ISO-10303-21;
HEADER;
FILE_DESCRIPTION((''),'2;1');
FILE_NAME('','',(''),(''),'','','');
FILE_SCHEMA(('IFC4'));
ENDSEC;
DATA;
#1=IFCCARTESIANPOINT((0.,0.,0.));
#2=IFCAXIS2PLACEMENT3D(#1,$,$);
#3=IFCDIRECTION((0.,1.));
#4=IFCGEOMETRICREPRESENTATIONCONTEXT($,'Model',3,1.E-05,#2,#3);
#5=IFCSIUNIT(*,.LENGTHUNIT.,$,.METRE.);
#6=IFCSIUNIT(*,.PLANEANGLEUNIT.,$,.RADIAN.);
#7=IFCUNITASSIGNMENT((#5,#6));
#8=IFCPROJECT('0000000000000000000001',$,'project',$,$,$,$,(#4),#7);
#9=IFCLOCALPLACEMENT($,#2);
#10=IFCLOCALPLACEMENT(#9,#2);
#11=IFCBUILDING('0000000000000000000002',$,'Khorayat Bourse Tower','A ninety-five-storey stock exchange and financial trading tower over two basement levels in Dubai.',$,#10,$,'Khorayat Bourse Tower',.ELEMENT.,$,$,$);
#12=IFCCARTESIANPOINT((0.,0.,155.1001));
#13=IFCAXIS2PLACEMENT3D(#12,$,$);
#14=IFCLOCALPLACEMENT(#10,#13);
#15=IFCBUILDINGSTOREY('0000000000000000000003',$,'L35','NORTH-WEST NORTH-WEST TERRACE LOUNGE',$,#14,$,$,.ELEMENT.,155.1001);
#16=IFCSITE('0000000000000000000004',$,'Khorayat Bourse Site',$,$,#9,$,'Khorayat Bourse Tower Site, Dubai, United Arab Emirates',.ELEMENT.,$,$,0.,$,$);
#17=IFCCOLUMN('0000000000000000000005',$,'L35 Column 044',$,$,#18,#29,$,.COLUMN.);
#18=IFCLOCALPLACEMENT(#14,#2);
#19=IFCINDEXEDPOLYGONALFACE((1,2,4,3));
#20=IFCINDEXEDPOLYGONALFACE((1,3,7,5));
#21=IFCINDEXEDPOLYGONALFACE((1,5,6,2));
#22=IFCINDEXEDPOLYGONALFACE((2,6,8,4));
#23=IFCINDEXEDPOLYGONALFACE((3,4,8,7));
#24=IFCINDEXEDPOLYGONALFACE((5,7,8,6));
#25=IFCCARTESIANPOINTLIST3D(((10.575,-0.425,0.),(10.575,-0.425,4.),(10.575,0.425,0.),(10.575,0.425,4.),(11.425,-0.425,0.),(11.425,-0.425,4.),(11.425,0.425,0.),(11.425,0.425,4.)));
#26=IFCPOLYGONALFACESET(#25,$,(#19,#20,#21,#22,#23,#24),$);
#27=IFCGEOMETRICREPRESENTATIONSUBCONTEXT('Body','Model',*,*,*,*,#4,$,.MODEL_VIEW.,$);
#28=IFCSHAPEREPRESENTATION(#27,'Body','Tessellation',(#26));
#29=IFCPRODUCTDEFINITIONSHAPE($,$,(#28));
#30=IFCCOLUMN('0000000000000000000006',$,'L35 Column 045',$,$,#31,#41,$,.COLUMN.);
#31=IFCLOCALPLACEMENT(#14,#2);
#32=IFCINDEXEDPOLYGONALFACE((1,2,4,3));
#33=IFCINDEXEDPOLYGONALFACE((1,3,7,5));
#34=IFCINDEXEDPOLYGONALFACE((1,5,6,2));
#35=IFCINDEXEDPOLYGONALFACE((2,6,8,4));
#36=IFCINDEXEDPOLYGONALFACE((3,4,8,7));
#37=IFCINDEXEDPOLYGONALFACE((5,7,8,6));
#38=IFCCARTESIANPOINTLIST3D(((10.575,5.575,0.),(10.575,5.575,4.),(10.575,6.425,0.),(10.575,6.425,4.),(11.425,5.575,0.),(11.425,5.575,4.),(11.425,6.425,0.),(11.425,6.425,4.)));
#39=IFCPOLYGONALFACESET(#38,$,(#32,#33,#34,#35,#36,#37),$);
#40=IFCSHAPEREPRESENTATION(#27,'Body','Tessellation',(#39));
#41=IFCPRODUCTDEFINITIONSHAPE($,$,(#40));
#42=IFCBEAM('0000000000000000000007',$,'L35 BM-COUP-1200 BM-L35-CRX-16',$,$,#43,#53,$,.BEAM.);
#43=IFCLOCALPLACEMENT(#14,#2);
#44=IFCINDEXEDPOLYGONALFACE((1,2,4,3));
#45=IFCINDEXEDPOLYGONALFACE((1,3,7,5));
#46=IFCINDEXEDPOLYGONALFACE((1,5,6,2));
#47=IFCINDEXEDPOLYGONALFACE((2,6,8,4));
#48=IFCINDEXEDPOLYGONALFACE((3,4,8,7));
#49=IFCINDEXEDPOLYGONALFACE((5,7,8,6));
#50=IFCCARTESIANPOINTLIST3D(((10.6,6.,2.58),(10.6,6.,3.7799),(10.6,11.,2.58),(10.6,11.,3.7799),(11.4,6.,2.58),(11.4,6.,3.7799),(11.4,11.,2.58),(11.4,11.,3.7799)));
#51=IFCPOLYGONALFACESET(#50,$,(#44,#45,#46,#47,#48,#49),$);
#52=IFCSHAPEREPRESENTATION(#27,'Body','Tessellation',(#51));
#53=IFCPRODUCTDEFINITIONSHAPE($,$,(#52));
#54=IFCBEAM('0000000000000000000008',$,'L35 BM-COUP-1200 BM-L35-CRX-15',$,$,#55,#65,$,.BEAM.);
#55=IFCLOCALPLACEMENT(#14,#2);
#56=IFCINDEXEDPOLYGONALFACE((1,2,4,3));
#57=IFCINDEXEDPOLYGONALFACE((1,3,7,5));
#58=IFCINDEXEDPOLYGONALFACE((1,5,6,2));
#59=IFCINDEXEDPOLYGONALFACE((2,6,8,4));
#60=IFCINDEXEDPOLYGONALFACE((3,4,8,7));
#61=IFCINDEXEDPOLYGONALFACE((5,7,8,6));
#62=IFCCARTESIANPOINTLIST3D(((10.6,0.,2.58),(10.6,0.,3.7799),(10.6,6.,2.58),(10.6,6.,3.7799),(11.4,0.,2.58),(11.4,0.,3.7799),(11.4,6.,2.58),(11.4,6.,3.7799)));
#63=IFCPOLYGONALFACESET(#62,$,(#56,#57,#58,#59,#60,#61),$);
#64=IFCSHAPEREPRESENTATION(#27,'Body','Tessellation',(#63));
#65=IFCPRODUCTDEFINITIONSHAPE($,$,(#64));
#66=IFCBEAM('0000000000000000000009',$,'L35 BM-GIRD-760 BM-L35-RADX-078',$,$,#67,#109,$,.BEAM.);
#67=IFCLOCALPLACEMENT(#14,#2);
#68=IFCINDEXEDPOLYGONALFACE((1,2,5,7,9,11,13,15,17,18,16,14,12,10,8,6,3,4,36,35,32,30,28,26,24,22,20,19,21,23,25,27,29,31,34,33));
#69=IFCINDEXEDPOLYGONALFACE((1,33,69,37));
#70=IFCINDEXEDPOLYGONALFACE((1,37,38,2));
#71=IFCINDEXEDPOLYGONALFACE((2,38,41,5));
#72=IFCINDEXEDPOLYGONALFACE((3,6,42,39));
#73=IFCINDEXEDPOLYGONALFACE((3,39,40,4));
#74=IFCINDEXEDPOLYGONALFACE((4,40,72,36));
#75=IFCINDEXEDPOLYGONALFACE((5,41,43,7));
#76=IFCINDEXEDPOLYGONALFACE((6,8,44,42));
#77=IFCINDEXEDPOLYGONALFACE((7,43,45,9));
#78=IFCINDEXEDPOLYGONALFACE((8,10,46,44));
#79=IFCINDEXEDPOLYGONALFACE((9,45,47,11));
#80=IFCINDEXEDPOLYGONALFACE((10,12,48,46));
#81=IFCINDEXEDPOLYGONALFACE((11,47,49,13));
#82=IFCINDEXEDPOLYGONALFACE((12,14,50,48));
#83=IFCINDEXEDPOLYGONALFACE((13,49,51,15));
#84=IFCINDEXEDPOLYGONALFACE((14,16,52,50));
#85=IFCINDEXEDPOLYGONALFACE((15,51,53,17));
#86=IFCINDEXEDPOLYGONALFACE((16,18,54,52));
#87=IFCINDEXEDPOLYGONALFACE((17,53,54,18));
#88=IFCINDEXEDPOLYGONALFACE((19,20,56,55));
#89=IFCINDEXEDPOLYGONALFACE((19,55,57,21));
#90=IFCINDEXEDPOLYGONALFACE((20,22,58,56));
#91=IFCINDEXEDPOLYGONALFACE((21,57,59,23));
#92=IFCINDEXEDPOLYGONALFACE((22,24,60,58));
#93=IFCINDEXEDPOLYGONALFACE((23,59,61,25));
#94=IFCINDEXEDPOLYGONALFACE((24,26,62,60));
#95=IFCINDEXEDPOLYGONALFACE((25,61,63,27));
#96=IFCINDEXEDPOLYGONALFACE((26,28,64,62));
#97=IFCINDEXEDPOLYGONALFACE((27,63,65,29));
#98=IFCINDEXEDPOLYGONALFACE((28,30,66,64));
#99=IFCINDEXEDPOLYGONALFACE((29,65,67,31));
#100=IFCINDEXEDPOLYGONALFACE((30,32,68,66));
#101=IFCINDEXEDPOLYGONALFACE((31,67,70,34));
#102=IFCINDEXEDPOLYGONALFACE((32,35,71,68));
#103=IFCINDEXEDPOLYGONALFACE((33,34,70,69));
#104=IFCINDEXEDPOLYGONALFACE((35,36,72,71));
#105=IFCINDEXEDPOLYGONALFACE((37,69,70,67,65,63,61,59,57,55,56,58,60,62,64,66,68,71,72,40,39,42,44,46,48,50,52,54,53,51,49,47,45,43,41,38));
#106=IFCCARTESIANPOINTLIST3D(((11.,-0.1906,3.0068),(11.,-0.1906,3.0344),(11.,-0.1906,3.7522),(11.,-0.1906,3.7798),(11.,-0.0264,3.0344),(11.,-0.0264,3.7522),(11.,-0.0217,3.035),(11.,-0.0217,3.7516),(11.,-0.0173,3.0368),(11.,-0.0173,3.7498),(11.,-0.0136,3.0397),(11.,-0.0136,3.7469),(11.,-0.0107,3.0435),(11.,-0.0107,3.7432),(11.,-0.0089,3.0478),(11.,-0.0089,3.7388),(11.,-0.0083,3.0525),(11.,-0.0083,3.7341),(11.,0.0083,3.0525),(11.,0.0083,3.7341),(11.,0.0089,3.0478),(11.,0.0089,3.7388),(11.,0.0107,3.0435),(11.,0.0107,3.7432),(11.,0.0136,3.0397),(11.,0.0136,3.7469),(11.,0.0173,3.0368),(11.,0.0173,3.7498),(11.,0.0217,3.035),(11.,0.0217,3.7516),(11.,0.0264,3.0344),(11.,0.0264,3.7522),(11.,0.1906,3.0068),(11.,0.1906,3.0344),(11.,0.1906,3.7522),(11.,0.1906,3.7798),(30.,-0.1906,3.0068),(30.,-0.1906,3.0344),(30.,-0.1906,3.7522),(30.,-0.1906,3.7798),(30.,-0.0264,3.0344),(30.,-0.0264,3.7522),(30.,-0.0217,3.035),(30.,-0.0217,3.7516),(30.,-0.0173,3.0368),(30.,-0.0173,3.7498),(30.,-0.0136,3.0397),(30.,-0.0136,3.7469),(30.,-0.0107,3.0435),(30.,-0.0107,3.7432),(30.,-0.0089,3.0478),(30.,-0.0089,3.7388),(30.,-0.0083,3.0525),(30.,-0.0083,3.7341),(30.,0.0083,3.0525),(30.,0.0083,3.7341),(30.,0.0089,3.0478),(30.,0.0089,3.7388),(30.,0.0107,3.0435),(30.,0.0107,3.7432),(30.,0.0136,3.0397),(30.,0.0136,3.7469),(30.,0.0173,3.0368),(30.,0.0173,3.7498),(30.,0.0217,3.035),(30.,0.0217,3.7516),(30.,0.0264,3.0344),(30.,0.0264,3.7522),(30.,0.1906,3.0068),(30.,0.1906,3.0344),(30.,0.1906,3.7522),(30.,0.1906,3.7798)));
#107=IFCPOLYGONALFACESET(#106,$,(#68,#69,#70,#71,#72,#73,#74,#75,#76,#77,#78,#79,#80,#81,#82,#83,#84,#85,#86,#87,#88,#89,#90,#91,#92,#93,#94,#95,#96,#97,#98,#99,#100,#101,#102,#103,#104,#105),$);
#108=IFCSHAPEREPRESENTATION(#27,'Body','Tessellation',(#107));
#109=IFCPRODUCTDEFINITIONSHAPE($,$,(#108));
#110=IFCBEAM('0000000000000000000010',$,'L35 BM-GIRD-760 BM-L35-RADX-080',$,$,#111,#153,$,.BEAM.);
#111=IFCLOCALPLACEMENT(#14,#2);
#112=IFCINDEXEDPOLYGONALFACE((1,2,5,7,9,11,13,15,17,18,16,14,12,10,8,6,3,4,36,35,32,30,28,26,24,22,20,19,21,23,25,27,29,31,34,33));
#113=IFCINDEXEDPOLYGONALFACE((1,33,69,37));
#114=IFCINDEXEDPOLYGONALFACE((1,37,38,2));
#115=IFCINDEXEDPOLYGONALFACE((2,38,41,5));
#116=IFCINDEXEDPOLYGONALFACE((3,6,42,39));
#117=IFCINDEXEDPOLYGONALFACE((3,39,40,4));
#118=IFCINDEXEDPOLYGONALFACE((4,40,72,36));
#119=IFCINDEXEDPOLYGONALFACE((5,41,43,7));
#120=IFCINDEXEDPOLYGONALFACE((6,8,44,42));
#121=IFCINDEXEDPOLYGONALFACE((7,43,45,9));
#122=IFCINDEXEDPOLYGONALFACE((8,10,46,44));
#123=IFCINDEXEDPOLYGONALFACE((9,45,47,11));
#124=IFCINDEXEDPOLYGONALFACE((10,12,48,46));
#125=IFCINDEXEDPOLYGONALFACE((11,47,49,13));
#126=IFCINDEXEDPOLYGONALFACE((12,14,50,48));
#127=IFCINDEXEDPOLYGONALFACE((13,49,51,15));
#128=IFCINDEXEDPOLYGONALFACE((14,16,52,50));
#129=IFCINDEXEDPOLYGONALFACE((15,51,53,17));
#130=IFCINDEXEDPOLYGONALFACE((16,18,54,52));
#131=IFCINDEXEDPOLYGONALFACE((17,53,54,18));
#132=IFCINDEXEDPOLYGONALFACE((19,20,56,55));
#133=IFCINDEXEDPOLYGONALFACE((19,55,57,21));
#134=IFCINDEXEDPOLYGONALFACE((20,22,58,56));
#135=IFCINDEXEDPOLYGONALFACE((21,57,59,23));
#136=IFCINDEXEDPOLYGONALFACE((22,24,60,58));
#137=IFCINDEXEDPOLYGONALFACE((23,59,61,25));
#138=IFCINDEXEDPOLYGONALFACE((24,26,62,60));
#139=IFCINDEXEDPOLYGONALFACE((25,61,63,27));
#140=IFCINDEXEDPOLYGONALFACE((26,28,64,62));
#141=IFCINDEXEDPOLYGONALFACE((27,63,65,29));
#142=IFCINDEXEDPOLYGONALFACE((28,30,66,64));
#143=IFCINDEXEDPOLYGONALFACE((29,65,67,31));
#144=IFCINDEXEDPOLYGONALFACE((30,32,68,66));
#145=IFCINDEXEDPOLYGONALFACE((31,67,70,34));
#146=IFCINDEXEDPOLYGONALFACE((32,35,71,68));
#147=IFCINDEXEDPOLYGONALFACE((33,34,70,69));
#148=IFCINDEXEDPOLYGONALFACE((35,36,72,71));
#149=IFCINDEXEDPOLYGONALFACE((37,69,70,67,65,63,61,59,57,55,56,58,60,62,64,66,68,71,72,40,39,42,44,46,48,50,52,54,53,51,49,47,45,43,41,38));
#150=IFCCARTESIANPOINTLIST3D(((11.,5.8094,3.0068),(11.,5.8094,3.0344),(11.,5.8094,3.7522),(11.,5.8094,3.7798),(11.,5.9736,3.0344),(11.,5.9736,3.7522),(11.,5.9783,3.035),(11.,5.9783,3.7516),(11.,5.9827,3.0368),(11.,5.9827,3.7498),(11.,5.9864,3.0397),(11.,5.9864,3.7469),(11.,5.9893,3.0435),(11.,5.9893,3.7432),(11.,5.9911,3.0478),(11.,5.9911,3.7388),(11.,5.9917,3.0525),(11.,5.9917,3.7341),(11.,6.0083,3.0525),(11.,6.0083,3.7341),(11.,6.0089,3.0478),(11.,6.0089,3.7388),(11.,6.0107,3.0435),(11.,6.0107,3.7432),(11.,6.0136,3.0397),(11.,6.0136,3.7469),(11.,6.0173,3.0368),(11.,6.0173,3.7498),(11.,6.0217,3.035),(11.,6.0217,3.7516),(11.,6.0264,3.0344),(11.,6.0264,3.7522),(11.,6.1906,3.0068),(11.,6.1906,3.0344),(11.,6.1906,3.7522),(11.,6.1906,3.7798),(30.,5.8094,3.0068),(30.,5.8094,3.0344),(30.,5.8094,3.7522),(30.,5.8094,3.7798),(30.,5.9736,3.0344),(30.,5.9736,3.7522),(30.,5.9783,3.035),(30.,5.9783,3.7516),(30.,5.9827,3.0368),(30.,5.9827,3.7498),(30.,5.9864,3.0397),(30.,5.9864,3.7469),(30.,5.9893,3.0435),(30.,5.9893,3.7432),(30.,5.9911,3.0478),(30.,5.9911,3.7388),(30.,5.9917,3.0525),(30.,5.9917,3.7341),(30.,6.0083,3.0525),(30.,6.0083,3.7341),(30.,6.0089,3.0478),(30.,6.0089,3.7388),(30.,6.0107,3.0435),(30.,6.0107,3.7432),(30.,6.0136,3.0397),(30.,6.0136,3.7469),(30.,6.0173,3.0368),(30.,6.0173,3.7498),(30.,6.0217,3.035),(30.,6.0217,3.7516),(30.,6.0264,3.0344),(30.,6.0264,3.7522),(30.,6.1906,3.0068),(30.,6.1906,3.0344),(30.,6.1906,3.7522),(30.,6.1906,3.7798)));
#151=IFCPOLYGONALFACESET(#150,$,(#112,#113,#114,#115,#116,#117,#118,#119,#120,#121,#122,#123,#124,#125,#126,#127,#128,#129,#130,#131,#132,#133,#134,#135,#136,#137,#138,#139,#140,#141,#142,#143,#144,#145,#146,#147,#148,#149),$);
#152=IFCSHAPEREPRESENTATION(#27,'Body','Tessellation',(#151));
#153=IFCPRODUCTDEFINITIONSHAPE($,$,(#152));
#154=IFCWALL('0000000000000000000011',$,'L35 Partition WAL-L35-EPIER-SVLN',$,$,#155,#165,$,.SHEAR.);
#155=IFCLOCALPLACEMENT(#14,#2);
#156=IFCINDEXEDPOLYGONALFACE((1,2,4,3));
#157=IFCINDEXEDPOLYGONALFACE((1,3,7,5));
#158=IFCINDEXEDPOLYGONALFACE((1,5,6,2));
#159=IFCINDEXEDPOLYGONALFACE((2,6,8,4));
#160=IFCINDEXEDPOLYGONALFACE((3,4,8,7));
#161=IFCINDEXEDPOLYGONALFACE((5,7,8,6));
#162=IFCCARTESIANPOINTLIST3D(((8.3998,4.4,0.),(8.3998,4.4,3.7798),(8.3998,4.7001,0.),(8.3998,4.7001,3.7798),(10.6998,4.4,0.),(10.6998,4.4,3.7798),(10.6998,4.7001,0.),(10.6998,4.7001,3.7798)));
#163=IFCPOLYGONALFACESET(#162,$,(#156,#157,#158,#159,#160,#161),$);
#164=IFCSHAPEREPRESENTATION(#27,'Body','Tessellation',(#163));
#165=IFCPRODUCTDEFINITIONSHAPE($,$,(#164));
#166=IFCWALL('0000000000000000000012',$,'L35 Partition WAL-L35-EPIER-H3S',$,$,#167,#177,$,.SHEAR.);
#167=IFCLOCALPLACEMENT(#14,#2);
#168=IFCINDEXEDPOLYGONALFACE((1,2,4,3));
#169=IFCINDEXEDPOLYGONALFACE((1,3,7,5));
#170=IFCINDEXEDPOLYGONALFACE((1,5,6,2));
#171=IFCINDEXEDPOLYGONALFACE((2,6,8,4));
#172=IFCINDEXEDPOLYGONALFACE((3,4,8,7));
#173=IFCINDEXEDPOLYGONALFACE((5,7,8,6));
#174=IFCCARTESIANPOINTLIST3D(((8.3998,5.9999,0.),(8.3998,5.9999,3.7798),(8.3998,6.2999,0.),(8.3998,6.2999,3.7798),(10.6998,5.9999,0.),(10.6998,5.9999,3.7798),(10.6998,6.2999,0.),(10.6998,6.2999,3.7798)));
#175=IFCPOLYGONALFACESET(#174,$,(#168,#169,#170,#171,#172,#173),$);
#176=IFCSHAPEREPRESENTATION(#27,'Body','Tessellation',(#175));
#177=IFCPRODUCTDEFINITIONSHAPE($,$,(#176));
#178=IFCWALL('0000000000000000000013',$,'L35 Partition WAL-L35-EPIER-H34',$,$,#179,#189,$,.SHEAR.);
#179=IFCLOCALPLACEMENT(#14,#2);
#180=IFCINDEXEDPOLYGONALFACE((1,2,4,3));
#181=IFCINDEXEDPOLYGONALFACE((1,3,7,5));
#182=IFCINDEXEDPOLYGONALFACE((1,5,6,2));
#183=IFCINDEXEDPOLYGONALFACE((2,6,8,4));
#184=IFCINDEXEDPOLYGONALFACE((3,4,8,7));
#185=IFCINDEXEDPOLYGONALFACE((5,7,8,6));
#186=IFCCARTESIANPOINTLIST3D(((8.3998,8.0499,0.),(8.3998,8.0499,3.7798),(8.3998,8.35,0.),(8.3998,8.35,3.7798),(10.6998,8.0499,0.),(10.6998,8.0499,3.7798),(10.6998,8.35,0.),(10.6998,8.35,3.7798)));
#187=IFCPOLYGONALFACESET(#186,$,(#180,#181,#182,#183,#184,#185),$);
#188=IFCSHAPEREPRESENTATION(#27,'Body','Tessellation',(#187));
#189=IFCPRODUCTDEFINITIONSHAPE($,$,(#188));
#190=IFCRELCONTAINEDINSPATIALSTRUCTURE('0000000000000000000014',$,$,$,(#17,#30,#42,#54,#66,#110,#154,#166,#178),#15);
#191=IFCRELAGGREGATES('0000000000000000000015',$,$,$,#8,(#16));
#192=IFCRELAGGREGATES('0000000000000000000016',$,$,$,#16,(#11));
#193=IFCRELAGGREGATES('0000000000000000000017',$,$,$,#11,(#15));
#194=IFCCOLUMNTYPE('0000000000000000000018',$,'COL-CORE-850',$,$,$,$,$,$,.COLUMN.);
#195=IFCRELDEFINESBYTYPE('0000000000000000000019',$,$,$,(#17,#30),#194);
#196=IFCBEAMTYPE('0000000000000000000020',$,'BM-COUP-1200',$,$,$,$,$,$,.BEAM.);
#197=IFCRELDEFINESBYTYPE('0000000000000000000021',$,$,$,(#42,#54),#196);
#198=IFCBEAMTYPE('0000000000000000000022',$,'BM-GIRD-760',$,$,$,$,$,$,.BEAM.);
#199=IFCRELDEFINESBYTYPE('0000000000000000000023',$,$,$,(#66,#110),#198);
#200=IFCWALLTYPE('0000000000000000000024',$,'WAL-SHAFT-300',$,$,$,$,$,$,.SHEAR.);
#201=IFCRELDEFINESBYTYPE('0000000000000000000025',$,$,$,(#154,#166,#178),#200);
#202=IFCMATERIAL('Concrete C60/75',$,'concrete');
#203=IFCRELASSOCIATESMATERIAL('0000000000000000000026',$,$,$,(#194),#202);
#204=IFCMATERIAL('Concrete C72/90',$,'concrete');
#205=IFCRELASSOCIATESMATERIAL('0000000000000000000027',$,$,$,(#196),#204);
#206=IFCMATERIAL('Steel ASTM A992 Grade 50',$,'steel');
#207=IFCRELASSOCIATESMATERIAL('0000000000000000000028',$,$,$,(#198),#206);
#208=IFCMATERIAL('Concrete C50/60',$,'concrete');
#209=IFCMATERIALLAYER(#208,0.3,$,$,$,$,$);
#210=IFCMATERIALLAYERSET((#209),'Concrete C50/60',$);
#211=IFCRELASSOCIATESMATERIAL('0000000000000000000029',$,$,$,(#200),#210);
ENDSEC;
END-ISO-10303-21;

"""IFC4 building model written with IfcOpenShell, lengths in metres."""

from ifc_helpers import new_model, si_unit, direction, frame, frame_2d, origin, origin_2d, place, context, subcontext, project, spatial, rectangle, i_section, extrude, source, transform, mapped, material, layer, layer_set, material_profile, profile_set, type_object, element, save


model = new_model("IFC4")

# Units and contexts
model_context = context("Model", 3, precision=1e-05, world=origin(), true_north=direction((0.0, 1.0)))
body_context = subcontext(model_context, "Body", "Model", "MODEL_VIEW")
ifc_project = project(units=[si_unit("LENGTHUNIT", "METRE"), si_unit("PLANEANGLEUNIT", "RADIAN")], contexts=[model_context])

# Site, building, storey
site_placement = place(None, origin())
site = spatial("IfcSite", under=ifc_project, at=site_placement, Name="Khorayat Bourse Site", LongName="Khorayat Bourse Tower Site, Dubai, United Arab Emirates", CompositionType="ELEMENT", RefElevation=0.0)
building_placement = place(site_placement, origin())
building = spatial("IfcBuilding", under=site, at=building_placement, Name="Khorayat Bourse Tower", Description="A ninety-five-storey stock exchange and financial trading tower over two basement levels in Dubai.", LongName="Khorayat Bourse Tower", CompositionType="ELEMENT")
storey_placement = place(building_placement, frame((0.0, 0.0, 155.1001)))
storey = spatial("IfcBuildingStorey", under=building, at=storey_placement, Name="L35", Description="NORTH-WEST NORTH-WEST TERRACE LOUNGE", CompositionType="ELEMENT", Elevation=155.1001)

# Columns
ifc_material_1 = material(Name="Concrete C60/75", Category="concrete")
ifc_material_profile_1 = material_profile(ifc_material_1, rectangle(XDim=0.8501, YDim=0.8501, at=origin_2d()), Name="RC 850x850")
ifc_profile_set_1 = profile_set([ifc_material_profile_1], Name="Concrete C60/75")
column_type = type_object("IfcColumnType", Name="COL-CORE-850", PredefinedType="COLUMN", material=ifc_profile_set_1)
shared_shape_1 = source(origin(), body_context, "Body", "SweptSolid", [
    extrude(rectangle(XDim=0.8501, YDim=0.8501, at=origin_2d()), origin(), (0.0, 0.0, 1.0), 4.0),
])
for number, where, z_axis, x_axis, name in (
    (1, (11.0, 0.0, 0.0), (0.0, 0.0, 1.0), (1.0, 0.0, 0.0), "L35 Column 044"),
    (2, (11.0, 6.0, 0.0), (0.0, 0.0, 1.0), (1.0, 0.0, 0.0), "L35 Column 045"),
):
    element("IfcColumn", number, at=place(storey_placement, frame(where, z_axis=z_axis, x_axis=x_axis)), inside=storey, type_object=column_type, Name=name, PredefinedType="COLUMN", context=body_context, shape_type="MappedRepresentation", body=[
        mapped(shared_shape_1, transform((0.0, 0.0, 0.0), scale=1.0)),
    ])

# Beams
ifc_material_2 = material(Name="Concrete C72/90", Category="concrete")
ifc_material_profile_2 = material_profile(ifc_material_2, rectangle(XDim=0.8, YDim=1.2, at=origin_2d()), Name="RC 800x1200")
ifc_profile_set_2 = profile_set([ifc_material_profile_2], Name="Concrete C72/90")
beam_type_1 = type_object("IfcBeamType", Name="BM-COUP-1200", PredefinedType="BEAM", material=ifc_profile_set_2)
shared_shape_2 = source(origin(), body_context, "Body", "SweptSolid", [
    extrude(rectangle(XDim=0.8, YDim=1.2, at=origin_2d()), origin(), (0.0, 0.0, 1.0), 5.0),
])
beam_1_placement = place(storey_placement, frame((11.0, 6.0, 3.1799), z_axis=(0.0, 1.0, 0.0), x_axis=(-1.0, 0.0, 0.0)))
element("IfcBeam", 3, at=beam_1_placement, inside=storey, type_object=beam_type_1, Name="L35 BM-COUP-1200 BM-L35-CRX-16", PredefinedType="BEAM", context=body_context, shape_type="MappedRepresentation", body=[
    mapped(shared_shape_2, transform((0.0, 0.0, 0.0), scale=1.0)),
])
shared_shape_3 = source(origin(), body_context, "Body", "SweptSolid", [
    extrude(rectangle(XDim=0.8, YDim=1.2, at=origin_2d()), origin(), (0.0, 0.0, 1.0), 6.0),
])
beam_2_placement = place(storey_placement, frame((11.0, 0.0, 3.1799), z_axis=(0.0, 1.0, 0.0), x_axis=(-1.0, 0.0, 0.0)))
element("IfcBeam", 4, at=beam_2_placement, inside=storey, type_object=beam_type_1, Name="L35 BM-COUP-1200 BM-L35-CRX-15", PredefinedType="BEAM", context=body_context, shape_type="MappedRepresentation", body=[
    mapped(shared_shape_3, transform((0.0, 0.0, 0.0), scale=1.0)),
])
ifc_material_3 = material(Name="Steel ASTM A992 Grade 50", Category="steel")
ifc_material_profile_3 = material_profile(ifc_material_3, i_section(OverallWidth=0.3811, OverallDepth=0.7729, WebThickness=0.0166, FlangeThickness=0.0276, FilletRadius=0.0181, at=origin_2d()), Name="W760X257")
ifc_profile_set_3 = profile_set([ifc_material_profile_3], Name="Steel ASTM A992 Grade 50")
beam_type_2 = type_object("IfcBeamType", Name="BM-GIRD-760", PredefinedType="BEAM", material=ifc_profile_set_3)
shared_shape_4 = source(origin(), body_context, "Body", "SweptSolid", [
    extrude(i_section(OverallWidth=0.3811, OverallDepth=0.7729, WebThickness=0.0166, FlangeThickness=0.0276, FilletRadius=0.0181, at=origin_2d()), origin(), (0.0, 0.0, 1.0), 19.0),
])
for number, where, z_axis, x_axis, name in (
    (5, (11.0, 0.0, 3.3933), (1.0, 0.0, 0.0), (0.0, 1.0, 0.0), "L35 BM-GIRD-760 BM-L35-RADX-078"),
    (6, (11.0, 6.0, 3.3933), (1.0, 0.0, 0.0), (0.0, 1.0, 0.0), "L35 BM-GIRD-760 BM-L35-RADX-080"),
):
    element("IfcBeam", number, at=place(storey_placement, frame(where, z_axis=z_axis, x_axis=x_axis)), inside=storey, type_object=beam_type_2, Name=name, PredefinedType="BEAM", context=body_context, shape_type="MappedRepresentation", body=[
        mapped(shared_shape_4, transform((0.0, 0.0, 0.0), scale=1.0)),
    ])

# Walls
ifc_material_4 = material(Name="Concrete C50/60", Category="concrete")
ifc_layer_1 = layer(ifc_material_4, 0.3)
ifc_layer_set_1 = layer_set([ifc_layer_1], Name="Concrete C50/60")
wall_type_1 = type_object("IfcWallType", Name="WAL-SHAFT-300", PredefinedType="SHEAR", material=ifc_layer_set_1)
shared_shape_5 = source(origin(), body_context, "Body", "SweptSolid", [
    extrude(rectangle(XDim=2.3, YDim=0.3, at=frame_2d((1.1499, 0.0))), origin(), (0.0, 0.0, 1.0), 3.7798),
])
for number, where, z_axis, x_axis, name in (
    (7, (8.3999, 4.55, 0.0), (0.0, 0.0, 1.0), (1.0, 0.0, 0.0), "L35 Partition WAL-L35-EPIER-SVLN"),
    (8, (8.3999, 6.1499, 0.0), (0.0, 0.0, 1.0), (1.0, 0.0, 0.0), "L35 Partition WAL-L35-EPIER-H3S"),
    (9, (8.3999, 8.2, 0.0), (0.0, 0.0, 1.0), (1.0, 0.0, 0.0), "L35 Partition WAL-L35-EPIER-H34"),
):
    element("IfcWall", number, at=place(storey_placement, frame(where, z_axis=z_axis, x_axis=x_axis)), inside=storey, type_object=wall_type_1, Name=name, PredefinedType="SHEAR", context=body_context, shape_type="MappedRepresentation", body=[
        mapped(shared_shape_5, transform((0.0, 0.0, 0.0), scale=1.0)),
    ])

save(model, "model.ifc")
